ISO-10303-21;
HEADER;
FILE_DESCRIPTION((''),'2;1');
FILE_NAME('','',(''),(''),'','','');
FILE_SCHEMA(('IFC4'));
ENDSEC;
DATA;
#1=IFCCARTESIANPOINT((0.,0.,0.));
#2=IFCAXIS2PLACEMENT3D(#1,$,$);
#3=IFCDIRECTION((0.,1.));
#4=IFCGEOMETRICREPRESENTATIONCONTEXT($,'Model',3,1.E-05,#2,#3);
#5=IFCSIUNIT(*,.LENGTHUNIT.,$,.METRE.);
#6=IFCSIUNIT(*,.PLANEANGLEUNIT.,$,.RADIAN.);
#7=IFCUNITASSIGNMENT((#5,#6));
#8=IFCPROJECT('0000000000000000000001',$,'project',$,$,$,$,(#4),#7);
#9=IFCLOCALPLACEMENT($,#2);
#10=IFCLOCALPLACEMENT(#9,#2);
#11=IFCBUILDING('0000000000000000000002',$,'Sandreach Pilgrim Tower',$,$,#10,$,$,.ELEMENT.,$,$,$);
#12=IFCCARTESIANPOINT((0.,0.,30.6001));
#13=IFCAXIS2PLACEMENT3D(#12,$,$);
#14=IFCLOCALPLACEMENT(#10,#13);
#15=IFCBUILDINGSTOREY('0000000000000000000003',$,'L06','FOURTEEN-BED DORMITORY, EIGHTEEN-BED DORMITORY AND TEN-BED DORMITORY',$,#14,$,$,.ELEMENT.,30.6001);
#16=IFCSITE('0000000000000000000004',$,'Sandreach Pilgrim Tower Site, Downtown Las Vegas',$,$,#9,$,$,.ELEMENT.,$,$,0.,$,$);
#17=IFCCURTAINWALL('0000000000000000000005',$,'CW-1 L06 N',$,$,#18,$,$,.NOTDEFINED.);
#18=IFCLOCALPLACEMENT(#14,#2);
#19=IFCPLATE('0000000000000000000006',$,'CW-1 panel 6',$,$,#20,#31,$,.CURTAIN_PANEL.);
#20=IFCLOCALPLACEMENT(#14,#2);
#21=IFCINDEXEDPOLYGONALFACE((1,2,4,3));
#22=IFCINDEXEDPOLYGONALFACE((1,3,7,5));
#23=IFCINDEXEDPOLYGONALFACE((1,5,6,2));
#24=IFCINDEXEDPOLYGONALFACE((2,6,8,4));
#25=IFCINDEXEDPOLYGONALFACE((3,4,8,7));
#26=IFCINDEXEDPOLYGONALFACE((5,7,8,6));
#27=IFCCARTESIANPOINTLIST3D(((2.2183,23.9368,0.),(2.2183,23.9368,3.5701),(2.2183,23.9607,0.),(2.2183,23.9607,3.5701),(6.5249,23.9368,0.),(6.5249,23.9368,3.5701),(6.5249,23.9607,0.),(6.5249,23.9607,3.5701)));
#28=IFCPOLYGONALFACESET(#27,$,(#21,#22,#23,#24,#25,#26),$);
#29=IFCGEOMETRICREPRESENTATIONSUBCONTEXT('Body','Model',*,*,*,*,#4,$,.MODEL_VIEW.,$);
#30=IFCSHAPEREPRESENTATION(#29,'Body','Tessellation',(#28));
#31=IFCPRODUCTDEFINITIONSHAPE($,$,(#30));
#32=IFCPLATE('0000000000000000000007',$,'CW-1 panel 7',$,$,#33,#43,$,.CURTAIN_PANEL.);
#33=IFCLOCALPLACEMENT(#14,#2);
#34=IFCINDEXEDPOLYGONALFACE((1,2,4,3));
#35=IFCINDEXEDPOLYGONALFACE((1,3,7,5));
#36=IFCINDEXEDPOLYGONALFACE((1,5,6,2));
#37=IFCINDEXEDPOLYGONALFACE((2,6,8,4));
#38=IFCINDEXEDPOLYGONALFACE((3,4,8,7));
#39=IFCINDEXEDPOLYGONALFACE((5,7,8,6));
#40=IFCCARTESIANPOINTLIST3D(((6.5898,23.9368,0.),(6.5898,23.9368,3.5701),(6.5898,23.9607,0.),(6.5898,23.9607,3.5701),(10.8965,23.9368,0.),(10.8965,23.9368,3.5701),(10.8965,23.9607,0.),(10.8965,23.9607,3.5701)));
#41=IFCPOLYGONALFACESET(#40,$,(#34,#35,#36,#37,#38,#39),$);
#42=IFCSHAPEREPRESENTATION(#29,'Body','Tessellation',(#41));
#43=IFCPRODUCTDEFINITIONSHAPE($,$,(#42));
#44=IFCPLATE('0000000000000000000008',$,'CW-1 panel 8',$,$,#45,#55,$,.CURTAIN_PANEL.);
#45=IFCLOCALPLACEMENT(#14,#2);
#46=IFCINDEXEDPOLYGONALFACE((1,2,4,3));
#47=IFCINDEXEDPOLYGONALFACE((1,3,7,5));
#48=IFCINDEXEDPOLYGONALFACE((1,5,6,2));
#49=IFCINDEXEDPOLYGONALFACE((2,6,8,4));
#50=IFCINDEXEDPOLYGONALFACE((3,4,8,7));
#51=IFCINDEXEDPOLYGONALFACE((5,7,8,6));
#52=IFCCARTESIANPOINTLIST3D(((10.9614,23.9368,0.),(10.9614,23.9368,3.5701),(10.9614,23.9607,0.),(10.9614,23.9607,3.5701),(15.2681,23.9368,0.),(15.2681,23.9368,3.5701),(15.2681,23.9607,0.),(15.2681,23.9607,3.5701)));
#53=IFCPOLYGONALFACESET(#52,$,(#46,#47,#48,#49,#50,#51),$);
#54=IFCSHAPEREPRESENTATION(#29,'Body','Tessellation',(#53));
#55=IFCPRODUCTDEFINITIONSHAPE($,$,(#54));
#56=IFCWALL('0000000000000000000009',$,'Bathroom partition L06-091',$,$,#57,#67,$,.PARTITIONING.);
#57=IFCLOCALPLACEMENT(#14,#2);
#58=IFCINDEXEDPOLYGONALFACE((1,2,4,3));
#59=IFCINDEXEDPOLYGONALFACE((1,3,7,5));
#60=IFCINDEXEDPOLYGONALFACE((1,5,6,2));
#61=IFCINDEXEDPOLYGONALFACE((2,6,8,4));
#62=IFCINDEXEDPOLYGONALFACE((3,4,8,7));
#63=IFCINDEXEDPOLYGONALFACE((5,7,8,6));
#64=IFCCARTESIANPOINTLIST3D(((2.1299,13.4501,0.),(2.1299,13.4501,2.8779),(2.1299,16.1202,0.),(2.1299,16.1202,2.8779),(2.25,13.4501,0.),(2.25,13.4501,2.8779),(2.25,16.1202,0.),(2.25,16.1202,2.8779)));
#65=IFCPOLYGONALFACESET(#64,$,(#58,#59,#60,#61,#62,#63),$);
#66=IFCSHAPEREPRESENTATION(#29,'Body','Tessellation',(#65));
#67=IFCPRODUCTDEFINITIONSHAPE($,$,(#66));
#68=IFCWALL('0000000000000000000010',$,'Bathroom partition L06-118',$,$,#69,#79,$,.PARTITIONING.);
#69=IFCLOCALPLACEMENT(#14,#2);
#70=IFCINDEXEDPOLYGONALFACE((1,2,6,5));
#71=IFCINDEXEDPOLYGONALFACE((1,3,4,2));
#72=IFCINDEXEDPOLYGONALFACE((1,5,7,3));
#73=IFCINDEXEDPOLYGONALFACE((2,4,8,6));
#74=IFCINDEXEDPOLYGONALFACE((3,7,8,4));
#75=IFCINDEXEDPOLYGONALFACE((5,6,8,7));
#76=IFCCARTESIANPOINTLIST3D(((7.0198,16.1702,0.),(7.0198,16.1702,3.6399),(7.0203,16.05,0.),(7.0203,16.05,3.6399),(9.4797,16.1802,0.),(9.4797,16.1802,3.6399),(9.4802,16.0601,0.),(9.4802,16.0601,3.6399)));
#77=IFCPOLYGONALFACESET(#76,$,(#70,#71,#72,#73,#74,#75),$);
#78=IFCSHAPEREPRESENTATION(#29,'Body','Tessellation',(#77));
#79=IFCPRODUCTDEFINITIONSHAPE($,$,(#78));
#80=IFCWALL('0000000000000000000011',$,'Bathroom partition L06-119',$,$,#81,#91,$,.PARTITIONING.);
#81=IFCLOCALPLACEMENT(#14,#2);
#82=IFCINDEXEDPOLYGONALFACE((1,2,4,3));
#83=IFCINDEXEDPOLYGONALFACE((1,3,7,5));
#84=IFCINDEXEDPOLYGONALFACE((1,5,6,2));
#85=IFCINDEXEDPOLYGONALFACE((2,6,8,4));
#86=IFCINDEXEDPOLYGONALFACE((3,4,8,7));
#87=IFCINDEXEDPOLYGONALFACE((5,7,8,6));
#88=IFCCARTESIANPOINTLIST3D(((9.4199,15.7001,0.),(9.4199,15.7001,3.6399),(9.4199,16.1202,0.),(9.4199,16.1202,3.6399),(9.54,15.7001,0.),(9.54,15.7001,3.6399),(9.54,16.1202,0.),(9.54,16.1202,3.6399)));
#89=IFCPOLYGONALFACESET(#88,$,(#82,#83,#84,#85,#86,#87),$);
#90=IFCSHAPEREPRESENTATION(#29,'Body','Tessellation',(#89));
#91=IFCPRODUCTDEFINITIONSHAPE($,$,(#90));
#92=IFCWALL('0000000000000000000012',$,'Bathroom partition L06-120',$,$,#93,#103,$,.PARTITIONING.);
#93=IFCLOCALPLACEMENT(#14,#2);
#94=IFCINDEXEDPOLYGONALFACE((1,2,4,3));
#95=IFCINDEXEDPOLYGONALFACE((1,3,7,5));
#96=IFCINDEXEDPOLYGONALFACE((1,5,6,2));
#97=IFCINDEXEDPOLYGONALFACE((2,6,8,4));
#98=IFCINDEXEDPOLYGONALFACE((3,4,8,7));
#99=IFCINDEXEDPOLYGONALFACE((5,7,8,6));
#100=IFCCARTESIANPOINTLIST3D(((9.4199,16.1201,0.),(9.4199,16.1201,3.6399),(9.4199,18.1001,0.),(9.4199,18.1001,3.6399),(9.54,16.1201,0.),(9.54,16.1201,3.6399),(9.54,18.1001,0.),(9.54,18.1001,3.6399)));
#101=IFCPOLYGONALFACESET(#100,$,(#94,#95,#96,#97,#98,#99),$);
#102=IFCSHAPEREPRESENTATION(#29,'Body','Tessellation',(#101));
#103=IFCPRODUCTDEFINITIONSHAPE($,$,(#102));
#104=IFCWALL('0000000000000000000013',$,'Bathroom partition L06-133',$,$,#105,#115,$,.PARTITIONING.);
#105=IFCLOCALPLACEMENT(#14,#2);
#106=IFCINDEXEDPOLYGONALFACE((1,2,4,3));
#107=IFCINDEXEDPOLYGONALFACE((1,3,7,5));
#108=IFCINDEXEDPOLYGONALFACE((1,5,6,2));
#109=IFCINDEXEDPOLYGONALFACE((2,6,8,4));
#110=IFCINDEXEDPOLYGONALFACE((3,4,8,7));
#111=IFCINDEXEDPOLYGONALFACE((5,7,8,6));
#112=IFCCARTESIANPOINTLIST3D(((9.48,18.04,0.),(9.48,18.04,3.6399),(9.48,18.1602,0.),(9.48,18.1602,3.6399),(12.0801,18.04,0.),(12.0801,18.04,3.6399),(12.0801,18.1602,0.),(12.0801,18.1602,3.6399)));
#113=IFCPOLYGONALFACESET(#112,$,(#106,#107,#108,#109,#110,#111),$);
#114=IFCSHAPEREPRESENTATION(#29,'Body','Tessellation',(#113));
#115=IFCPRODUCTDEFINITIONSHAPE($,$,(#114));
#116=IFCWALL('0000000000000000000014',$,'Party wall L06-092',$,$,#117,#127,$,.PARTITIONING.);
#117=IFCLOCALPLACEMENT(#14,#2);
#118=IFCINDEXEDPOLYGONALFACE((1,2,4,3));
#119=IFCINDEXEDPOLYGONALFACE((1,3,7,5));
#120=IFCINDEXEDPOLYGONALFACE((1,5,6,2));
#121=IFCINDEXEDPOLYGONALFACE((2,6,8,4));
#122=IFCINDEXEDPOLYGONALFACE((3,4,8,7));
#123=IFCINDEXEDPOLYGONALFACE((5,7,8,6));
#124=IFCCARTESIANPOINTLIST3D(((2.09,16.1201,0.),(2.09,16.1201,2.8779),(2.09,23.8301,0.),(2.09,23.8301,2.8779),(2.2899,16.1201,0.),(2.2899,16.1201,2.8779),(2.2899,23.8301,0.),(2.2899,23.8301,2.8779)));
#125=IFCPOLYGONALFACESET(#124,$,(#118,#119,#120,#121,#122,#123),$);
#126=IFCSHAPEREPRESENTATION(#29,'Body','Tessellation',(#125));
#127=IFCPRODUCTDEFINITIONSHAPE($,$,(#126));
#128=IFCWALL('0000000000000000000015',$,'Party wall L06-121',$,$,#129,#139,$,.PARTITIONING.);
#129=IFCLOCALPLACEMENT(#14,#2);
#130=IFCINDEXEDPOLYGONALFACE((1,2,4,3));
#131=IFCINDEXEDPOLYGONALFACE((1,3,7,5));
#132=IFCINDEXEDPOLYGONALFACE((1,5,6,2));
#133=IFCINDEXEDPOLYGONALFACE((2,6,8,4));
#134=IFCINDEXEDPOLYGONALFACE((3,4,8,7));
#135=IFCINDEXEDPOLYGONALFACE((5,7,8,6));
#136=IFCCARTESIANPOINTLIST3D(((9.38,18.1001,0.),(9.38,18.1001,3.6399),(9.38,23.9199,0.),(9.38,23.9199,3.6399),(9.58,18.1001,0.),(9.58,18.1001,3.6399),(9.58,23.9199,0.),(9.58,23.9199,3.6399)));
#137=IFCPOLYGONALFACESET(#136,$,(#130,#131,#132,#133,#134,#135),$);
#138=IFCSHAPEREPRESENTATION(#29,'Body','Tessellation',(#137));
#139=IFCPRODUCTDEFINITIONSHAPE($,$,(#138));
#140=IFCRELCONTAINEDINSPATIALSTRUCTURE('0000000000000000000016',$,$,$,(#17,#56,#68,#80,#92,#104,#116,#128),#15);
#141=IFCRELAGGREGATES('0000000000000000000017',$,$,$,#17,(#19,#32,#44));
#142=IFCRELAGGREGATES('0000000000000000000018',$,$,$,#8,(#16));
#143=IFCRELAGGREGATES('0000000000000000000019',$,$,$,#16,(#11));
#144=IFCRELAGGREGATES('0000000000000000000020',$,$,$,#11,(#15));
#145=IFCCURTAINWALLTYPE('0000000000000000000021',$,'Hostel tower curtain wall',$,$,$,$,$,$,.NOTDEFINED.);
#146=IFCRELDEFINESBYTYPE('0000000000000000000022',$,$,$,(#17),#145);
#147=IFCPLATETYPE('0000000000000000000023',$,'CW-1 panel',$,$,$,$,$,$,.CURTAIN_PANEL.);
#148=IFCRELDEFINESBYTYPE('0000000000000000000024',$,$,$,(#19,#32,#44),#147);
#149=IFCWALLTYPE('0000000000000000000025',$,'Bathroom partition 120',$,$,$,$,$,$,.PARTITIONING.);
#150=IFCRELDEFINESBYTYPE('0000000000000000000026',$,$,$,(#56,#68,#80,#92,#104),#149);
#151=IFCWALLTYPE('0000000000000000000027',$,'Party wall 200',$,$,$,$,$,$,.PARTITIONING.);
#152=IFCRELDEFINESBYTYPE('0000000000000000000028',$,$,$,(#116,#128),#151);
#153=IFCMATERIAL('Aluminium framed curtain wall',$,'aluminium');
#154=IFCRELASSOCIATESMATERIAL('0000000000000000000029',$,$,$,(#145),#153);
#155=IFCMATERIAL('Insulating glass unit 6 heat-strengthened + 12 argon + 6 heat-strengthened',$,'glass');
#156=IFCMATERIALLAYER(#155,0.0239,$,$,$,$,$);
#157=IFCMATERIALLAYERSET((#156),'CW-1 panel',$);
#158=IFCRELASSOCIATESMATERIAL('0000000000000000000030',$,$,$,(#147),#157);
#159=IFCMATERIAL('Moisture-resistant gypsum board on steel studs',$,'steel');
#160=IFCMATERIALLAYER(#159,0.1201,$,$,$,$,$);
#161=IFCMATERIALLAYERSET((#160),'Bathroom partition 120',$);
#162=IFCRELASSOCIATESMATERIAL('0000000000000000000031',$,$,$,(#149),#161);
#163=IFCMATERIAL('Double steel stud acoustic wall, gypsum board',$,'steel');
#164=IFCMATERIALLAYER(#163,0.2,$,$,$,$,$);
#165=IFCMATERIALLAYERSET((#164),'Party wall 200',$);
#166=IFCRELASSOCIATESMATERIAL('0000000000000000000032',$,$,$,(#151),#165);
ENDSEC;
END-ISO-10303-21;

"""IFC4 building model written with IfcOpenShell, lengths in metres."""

from ifc_helpers import new_model, si_unit, direction, frame, frame_2d, origin, origin_2d, place, context, subcontext, project, spatial, rectangle, extrude, material, layer, layer_set, type_object, element, aggregate, save


model = new_model("IFC4")

# Units and contexts
model_context = context("Model", 3, precision=1e-05, world=origin(), true_north=direction((0.0, 1.0)))
body_context = subcontext(model_context, "Body", "Model", "MODEL_VIEW")
ifc_project = project(units=[si_unit("LENGTHUNIT", "METRE"), si_unit("PLANEANGLEUNIT", "RADIAN")], contexts=[model_context])

# Site, building, storey
site_placement = place(None, origin())
site = spatial("IfcSite", under=ifc_project, at=site_placement, Name="Sandreach Pilgrim Tower Site, Downtown Las Vegas", CompositionType="ELEMENT", RefElevation=0.0)
building_placement = place(site_placement, origin())
building = spatial("IfcBuilding", under=site, at=building_placement, Name="Sandreach Pilgrim Tower", CompositionType="ELEMENT")
storey_placement = place(building_placement, frame((0.0, 0.0, 30.6001)))
storey = spatial("IfcBuildingStorey", under=building, at=storey_placement, Name="L06", Description="FOURTEEN-BED DORMITORY, EIGHTEEN-BED DORMITORY AND TEN-BED DORMITORY", CompositionType="ELEMENT", Elevation=30.6001)

# Curtain wall
ifc_material_1 = material(Name="Aluminium framed curtain wall", Category="aluminium")
curtain_wall_type = type_object("IfcCurtainWallType", Name="Hostel tower curtain wall", PredefinedType="NOTDEFINED", material=ifc_material_1)
curtain_wall_placement = place(storey_placement, origin())
curtain_wall = element("IfcCurtainWall", 1, at=curtain_wall_placement, inside=storey, type_object=curtain_wall_type, Name="CW-1 L06 N", PredefinedType="NOTDEFINED")

# Plates
ifc_material_2 = material(Name="Insulating glass unit 6 heat-strengthened + 12 argon + 6 heat-strengthened", Category="glass")
ifc_layer_1 = layer(ifc_material_2, 0.0239)
ifc_layer_set_1 = layer_set([ifc_layer_1], Name="CW-1 panel")
plate_type = type_object("IfcPlateType", Name="CW-1 panel", PredefinedType="CURTAIN_PANEL", material=ifc_layer_set_1)
plate_1_placement = place(storey_placement, frame((4.3716, 23.9487, 0.0), z_axis=(0.0, 0.0, 1.0), x_axis=(1.0, 0.0, 0.0)))
plate_1 = element("IfcPlate", 2, at=plate_1_placement, type_object=plate_type, Name="CW-1 panel 6", PredefinedType="CURTAIN_PANEL", context=body_context, shape_type="SweptSolid", body=[
    extrude(rectangle(XDim=4.3066, YDim=0.0239, at=origin_2d()), origin(), (0.0, 0.0, 1.0), 3.5701),
])
plate_2_placement = place(storey_placement, frame((8.7432, 23.9487, 0.0), z_axis=(0.0, 0.0, 1.0), x_axis=(1.0, 0.0, 0.0)))
plate_2 = element("IfcPlate", 3, at=plate_2_placement, type_object=plate_type, Name="CW-1 panel 7", PredefinedType="CURTAIN_PANEL", context=body_context, shape_type="SweptSolid", body=[
    extrude(rectangle(XDim=4.3066, YDim=0.0239, at=origin_2d()), origin(), (0.0, 0.0, 1.0), 3.5701),
])
plate_3_placement = place(storey_placement, frame((13.1147, 23.9487, 0.0), z_axis=(0.0, 0.0, 1.0), x_axis=(1.0, 0.0, 0.0)))
plate_3 = element("IfcPlate", 4, at=plate_3_placement, type_object=plate_type, Name="CW-1 panel 8", PredefinedType="CURTAIN_PANEL", context=body_context, shape_type="SweptSolid", body=[
    extrude(rectangle(XDim=4.3066, YDim=0.0239, at=origin_2d()), origin(), (0.0, 0.0, 1.0), 3.5701),
])
aggregate(curtain_wall, [plate_1, plate_2, plate_3])

# Walls
ifc_material_3 = material(Name="Moisture-resistant gypsum board on steel studs", Category="steel")
ifc_layer_2 = layer(ifc_material_3, 0.1201)
ifc_layer_set_2 = layer_set([ifc_layer_2], Name="Bathroom partition 120")
wall_type_1 = type_object("IfcWallType", Name="Bathroom partition 120", PredefinedType="PARTITIONING", material=ifc_layer_set_2)
wall_1_placement = place(storey_placement, frame((2.1899, 16.1201, 0.0), z_axis=(0.0, 0.0, 1.0), x_axis=(0.0, -1.0, 0.0)))
element("IfcWall", 5, at=wall_1_placement, inside=storey, type_object=wall_type_1, Name="Bathroom partition L06-091", PredefinedType="PARTITIONING", context=body_context, shape_type="SweptSolid", body=[
    extrude(rectangle(XDim=2.6702, YDim=0.1201, at=frame_2d((1.335, 0.0))), origin(), (0.0, 0.0, 1.0), 2.8779),
])
wall_2_placement = place(storey_placement, frame((9.48, 16.1201, 0.0), z_axis=(0.0, 0.0, 1.0), x_axis=(-0.999992, -0.004069, 0.0)))
element("IfcWall", 6, at=wall_2_placement, inside=storey, type_object=wall_type_1, Name="Bathroom partition L06-118", PredefinedType="PARTITIONING", context=body_context, shape_type="SweptSolid", body=[
    extrude(rectangle(XDim=2.46, YDim=0.1201, at=frame_2d((1.23, 0.0))), origin(), (0.0, 0.0, 1.0), 3.6399),
])
wall_3_placement = place(storey_placement, frame((9.48, 16.1201, 0.0), z_axis=(0.0, 0.0, 1.0), x_axis=(0.0, -1.0, 0.0)))
element("IfcWall", 7, at=wall_3_placement, inside=storey, type_object=wall_type_1, Name="Bathroom partition L06-119", PredefinedType="PARTITIONING", context=body_context, shape_type="SweptSolid", body=[
    extrude(rectangle(XDim=0.4202, YDim=0.1201, at=frame_2d((0.21, 0.0))), origin(), (0.0, 0.0, 1.0), 3.6399),
])
wall_4_placement = place(storey_placement, frame((9.48, 18.1001, 0.0), z_axis=(0.0, 0.0, 1.0), x_axis=(0.0, -1.0, 0.0)))
element("IfcWall", 8, at=wall_4_placement, inside=storey, type_object=wall_type_1, Name="Bathroom partition L06-120", PredefinedType="PARTITIONING", context=body_context, shape_type="SweptSolid", body=[
    extrude(rectangle(XDim=1.98, YDim=0.1201, at=frame_2d((0.99, 0.0))), origin(), (0.0, 0.0, 1.0), 3.6399),
])
wall_5_placement = place(storey_placement, frame((12.0801, 18.1001, 0.0), z_axis=(0.0, 0.0, 1.0), x_axis=(-1.0, 0.0, 0.0)))
element("IfcWall", 9, at=wall_5_placement, inside=storey, type_object=wall_type_1, Name="Bathroom partition L06-133", PredefinedType="PARTITIONING", context=body_context, shape_type="SweptSolid", body=[
    extrude(rectangle(XDim=2.6001, YDim=0.1201, at=frame_2d((1.3, 0.0))), origin(), (0.0, 0.0, 1.0), 3.6399),
])
ifc_material_4 = material(Name="Double steel stud acoustic wall, gypsum board", Category="steel")
ifc_layer_3 = layer(ifc_material_4, 0.2)
ifc_layer_set_3 = layer_set([ifc_layer_3], Name="Party wall 200")
wall_type_2 = type_object("IfcWallType", Name="Party wall 200", PredefinedType="PARTITIONING", material=ifc_layer_set_3)
wall_6_placement = place(storey_placement, frame((2.1899, 23.8301, 0.0), z_axis=(0.0, 0.0, 1.0), x_axis=(0.0, -1.0, 0.0)))
element("IfcWall", 10, at=wall_6_placement, inside=storey, type_object=wall_type_2, Name="Party wall L06-092", PredefinedType="PARTITIONING", context=body_context, shape_type="SweptSolid", body=[
    extrude(rectangle(XDim=7.71, YDim=0.2, at=frame_2d((3.855, 0.0))), origin(), (0.0, 0.0, 1.0), 2.8779),
])
wall_7_placement = place(storey_placement, frame((9.48, 23.9199, 0.0), z_axis=(0.0, 0.0, 1.0), x_axis=(0.0, -1.0, 0.0)))
element("IfcWall", 11, at=wall_7_placement, inside=storey, type_object=wall_type_2, Name="Party wall L06-121", PredefinedType="PARTITIONING", context=body_context, shape_type="SweptSolid", body=[
    extrude(rectangle(XDim=5.8198, YDim=0.2, at=frame_2d((2.9099, 0.0))), origin(), (0.0, 0.0, 1.0), 3.6399),
])

save(model, "model.ifc")
